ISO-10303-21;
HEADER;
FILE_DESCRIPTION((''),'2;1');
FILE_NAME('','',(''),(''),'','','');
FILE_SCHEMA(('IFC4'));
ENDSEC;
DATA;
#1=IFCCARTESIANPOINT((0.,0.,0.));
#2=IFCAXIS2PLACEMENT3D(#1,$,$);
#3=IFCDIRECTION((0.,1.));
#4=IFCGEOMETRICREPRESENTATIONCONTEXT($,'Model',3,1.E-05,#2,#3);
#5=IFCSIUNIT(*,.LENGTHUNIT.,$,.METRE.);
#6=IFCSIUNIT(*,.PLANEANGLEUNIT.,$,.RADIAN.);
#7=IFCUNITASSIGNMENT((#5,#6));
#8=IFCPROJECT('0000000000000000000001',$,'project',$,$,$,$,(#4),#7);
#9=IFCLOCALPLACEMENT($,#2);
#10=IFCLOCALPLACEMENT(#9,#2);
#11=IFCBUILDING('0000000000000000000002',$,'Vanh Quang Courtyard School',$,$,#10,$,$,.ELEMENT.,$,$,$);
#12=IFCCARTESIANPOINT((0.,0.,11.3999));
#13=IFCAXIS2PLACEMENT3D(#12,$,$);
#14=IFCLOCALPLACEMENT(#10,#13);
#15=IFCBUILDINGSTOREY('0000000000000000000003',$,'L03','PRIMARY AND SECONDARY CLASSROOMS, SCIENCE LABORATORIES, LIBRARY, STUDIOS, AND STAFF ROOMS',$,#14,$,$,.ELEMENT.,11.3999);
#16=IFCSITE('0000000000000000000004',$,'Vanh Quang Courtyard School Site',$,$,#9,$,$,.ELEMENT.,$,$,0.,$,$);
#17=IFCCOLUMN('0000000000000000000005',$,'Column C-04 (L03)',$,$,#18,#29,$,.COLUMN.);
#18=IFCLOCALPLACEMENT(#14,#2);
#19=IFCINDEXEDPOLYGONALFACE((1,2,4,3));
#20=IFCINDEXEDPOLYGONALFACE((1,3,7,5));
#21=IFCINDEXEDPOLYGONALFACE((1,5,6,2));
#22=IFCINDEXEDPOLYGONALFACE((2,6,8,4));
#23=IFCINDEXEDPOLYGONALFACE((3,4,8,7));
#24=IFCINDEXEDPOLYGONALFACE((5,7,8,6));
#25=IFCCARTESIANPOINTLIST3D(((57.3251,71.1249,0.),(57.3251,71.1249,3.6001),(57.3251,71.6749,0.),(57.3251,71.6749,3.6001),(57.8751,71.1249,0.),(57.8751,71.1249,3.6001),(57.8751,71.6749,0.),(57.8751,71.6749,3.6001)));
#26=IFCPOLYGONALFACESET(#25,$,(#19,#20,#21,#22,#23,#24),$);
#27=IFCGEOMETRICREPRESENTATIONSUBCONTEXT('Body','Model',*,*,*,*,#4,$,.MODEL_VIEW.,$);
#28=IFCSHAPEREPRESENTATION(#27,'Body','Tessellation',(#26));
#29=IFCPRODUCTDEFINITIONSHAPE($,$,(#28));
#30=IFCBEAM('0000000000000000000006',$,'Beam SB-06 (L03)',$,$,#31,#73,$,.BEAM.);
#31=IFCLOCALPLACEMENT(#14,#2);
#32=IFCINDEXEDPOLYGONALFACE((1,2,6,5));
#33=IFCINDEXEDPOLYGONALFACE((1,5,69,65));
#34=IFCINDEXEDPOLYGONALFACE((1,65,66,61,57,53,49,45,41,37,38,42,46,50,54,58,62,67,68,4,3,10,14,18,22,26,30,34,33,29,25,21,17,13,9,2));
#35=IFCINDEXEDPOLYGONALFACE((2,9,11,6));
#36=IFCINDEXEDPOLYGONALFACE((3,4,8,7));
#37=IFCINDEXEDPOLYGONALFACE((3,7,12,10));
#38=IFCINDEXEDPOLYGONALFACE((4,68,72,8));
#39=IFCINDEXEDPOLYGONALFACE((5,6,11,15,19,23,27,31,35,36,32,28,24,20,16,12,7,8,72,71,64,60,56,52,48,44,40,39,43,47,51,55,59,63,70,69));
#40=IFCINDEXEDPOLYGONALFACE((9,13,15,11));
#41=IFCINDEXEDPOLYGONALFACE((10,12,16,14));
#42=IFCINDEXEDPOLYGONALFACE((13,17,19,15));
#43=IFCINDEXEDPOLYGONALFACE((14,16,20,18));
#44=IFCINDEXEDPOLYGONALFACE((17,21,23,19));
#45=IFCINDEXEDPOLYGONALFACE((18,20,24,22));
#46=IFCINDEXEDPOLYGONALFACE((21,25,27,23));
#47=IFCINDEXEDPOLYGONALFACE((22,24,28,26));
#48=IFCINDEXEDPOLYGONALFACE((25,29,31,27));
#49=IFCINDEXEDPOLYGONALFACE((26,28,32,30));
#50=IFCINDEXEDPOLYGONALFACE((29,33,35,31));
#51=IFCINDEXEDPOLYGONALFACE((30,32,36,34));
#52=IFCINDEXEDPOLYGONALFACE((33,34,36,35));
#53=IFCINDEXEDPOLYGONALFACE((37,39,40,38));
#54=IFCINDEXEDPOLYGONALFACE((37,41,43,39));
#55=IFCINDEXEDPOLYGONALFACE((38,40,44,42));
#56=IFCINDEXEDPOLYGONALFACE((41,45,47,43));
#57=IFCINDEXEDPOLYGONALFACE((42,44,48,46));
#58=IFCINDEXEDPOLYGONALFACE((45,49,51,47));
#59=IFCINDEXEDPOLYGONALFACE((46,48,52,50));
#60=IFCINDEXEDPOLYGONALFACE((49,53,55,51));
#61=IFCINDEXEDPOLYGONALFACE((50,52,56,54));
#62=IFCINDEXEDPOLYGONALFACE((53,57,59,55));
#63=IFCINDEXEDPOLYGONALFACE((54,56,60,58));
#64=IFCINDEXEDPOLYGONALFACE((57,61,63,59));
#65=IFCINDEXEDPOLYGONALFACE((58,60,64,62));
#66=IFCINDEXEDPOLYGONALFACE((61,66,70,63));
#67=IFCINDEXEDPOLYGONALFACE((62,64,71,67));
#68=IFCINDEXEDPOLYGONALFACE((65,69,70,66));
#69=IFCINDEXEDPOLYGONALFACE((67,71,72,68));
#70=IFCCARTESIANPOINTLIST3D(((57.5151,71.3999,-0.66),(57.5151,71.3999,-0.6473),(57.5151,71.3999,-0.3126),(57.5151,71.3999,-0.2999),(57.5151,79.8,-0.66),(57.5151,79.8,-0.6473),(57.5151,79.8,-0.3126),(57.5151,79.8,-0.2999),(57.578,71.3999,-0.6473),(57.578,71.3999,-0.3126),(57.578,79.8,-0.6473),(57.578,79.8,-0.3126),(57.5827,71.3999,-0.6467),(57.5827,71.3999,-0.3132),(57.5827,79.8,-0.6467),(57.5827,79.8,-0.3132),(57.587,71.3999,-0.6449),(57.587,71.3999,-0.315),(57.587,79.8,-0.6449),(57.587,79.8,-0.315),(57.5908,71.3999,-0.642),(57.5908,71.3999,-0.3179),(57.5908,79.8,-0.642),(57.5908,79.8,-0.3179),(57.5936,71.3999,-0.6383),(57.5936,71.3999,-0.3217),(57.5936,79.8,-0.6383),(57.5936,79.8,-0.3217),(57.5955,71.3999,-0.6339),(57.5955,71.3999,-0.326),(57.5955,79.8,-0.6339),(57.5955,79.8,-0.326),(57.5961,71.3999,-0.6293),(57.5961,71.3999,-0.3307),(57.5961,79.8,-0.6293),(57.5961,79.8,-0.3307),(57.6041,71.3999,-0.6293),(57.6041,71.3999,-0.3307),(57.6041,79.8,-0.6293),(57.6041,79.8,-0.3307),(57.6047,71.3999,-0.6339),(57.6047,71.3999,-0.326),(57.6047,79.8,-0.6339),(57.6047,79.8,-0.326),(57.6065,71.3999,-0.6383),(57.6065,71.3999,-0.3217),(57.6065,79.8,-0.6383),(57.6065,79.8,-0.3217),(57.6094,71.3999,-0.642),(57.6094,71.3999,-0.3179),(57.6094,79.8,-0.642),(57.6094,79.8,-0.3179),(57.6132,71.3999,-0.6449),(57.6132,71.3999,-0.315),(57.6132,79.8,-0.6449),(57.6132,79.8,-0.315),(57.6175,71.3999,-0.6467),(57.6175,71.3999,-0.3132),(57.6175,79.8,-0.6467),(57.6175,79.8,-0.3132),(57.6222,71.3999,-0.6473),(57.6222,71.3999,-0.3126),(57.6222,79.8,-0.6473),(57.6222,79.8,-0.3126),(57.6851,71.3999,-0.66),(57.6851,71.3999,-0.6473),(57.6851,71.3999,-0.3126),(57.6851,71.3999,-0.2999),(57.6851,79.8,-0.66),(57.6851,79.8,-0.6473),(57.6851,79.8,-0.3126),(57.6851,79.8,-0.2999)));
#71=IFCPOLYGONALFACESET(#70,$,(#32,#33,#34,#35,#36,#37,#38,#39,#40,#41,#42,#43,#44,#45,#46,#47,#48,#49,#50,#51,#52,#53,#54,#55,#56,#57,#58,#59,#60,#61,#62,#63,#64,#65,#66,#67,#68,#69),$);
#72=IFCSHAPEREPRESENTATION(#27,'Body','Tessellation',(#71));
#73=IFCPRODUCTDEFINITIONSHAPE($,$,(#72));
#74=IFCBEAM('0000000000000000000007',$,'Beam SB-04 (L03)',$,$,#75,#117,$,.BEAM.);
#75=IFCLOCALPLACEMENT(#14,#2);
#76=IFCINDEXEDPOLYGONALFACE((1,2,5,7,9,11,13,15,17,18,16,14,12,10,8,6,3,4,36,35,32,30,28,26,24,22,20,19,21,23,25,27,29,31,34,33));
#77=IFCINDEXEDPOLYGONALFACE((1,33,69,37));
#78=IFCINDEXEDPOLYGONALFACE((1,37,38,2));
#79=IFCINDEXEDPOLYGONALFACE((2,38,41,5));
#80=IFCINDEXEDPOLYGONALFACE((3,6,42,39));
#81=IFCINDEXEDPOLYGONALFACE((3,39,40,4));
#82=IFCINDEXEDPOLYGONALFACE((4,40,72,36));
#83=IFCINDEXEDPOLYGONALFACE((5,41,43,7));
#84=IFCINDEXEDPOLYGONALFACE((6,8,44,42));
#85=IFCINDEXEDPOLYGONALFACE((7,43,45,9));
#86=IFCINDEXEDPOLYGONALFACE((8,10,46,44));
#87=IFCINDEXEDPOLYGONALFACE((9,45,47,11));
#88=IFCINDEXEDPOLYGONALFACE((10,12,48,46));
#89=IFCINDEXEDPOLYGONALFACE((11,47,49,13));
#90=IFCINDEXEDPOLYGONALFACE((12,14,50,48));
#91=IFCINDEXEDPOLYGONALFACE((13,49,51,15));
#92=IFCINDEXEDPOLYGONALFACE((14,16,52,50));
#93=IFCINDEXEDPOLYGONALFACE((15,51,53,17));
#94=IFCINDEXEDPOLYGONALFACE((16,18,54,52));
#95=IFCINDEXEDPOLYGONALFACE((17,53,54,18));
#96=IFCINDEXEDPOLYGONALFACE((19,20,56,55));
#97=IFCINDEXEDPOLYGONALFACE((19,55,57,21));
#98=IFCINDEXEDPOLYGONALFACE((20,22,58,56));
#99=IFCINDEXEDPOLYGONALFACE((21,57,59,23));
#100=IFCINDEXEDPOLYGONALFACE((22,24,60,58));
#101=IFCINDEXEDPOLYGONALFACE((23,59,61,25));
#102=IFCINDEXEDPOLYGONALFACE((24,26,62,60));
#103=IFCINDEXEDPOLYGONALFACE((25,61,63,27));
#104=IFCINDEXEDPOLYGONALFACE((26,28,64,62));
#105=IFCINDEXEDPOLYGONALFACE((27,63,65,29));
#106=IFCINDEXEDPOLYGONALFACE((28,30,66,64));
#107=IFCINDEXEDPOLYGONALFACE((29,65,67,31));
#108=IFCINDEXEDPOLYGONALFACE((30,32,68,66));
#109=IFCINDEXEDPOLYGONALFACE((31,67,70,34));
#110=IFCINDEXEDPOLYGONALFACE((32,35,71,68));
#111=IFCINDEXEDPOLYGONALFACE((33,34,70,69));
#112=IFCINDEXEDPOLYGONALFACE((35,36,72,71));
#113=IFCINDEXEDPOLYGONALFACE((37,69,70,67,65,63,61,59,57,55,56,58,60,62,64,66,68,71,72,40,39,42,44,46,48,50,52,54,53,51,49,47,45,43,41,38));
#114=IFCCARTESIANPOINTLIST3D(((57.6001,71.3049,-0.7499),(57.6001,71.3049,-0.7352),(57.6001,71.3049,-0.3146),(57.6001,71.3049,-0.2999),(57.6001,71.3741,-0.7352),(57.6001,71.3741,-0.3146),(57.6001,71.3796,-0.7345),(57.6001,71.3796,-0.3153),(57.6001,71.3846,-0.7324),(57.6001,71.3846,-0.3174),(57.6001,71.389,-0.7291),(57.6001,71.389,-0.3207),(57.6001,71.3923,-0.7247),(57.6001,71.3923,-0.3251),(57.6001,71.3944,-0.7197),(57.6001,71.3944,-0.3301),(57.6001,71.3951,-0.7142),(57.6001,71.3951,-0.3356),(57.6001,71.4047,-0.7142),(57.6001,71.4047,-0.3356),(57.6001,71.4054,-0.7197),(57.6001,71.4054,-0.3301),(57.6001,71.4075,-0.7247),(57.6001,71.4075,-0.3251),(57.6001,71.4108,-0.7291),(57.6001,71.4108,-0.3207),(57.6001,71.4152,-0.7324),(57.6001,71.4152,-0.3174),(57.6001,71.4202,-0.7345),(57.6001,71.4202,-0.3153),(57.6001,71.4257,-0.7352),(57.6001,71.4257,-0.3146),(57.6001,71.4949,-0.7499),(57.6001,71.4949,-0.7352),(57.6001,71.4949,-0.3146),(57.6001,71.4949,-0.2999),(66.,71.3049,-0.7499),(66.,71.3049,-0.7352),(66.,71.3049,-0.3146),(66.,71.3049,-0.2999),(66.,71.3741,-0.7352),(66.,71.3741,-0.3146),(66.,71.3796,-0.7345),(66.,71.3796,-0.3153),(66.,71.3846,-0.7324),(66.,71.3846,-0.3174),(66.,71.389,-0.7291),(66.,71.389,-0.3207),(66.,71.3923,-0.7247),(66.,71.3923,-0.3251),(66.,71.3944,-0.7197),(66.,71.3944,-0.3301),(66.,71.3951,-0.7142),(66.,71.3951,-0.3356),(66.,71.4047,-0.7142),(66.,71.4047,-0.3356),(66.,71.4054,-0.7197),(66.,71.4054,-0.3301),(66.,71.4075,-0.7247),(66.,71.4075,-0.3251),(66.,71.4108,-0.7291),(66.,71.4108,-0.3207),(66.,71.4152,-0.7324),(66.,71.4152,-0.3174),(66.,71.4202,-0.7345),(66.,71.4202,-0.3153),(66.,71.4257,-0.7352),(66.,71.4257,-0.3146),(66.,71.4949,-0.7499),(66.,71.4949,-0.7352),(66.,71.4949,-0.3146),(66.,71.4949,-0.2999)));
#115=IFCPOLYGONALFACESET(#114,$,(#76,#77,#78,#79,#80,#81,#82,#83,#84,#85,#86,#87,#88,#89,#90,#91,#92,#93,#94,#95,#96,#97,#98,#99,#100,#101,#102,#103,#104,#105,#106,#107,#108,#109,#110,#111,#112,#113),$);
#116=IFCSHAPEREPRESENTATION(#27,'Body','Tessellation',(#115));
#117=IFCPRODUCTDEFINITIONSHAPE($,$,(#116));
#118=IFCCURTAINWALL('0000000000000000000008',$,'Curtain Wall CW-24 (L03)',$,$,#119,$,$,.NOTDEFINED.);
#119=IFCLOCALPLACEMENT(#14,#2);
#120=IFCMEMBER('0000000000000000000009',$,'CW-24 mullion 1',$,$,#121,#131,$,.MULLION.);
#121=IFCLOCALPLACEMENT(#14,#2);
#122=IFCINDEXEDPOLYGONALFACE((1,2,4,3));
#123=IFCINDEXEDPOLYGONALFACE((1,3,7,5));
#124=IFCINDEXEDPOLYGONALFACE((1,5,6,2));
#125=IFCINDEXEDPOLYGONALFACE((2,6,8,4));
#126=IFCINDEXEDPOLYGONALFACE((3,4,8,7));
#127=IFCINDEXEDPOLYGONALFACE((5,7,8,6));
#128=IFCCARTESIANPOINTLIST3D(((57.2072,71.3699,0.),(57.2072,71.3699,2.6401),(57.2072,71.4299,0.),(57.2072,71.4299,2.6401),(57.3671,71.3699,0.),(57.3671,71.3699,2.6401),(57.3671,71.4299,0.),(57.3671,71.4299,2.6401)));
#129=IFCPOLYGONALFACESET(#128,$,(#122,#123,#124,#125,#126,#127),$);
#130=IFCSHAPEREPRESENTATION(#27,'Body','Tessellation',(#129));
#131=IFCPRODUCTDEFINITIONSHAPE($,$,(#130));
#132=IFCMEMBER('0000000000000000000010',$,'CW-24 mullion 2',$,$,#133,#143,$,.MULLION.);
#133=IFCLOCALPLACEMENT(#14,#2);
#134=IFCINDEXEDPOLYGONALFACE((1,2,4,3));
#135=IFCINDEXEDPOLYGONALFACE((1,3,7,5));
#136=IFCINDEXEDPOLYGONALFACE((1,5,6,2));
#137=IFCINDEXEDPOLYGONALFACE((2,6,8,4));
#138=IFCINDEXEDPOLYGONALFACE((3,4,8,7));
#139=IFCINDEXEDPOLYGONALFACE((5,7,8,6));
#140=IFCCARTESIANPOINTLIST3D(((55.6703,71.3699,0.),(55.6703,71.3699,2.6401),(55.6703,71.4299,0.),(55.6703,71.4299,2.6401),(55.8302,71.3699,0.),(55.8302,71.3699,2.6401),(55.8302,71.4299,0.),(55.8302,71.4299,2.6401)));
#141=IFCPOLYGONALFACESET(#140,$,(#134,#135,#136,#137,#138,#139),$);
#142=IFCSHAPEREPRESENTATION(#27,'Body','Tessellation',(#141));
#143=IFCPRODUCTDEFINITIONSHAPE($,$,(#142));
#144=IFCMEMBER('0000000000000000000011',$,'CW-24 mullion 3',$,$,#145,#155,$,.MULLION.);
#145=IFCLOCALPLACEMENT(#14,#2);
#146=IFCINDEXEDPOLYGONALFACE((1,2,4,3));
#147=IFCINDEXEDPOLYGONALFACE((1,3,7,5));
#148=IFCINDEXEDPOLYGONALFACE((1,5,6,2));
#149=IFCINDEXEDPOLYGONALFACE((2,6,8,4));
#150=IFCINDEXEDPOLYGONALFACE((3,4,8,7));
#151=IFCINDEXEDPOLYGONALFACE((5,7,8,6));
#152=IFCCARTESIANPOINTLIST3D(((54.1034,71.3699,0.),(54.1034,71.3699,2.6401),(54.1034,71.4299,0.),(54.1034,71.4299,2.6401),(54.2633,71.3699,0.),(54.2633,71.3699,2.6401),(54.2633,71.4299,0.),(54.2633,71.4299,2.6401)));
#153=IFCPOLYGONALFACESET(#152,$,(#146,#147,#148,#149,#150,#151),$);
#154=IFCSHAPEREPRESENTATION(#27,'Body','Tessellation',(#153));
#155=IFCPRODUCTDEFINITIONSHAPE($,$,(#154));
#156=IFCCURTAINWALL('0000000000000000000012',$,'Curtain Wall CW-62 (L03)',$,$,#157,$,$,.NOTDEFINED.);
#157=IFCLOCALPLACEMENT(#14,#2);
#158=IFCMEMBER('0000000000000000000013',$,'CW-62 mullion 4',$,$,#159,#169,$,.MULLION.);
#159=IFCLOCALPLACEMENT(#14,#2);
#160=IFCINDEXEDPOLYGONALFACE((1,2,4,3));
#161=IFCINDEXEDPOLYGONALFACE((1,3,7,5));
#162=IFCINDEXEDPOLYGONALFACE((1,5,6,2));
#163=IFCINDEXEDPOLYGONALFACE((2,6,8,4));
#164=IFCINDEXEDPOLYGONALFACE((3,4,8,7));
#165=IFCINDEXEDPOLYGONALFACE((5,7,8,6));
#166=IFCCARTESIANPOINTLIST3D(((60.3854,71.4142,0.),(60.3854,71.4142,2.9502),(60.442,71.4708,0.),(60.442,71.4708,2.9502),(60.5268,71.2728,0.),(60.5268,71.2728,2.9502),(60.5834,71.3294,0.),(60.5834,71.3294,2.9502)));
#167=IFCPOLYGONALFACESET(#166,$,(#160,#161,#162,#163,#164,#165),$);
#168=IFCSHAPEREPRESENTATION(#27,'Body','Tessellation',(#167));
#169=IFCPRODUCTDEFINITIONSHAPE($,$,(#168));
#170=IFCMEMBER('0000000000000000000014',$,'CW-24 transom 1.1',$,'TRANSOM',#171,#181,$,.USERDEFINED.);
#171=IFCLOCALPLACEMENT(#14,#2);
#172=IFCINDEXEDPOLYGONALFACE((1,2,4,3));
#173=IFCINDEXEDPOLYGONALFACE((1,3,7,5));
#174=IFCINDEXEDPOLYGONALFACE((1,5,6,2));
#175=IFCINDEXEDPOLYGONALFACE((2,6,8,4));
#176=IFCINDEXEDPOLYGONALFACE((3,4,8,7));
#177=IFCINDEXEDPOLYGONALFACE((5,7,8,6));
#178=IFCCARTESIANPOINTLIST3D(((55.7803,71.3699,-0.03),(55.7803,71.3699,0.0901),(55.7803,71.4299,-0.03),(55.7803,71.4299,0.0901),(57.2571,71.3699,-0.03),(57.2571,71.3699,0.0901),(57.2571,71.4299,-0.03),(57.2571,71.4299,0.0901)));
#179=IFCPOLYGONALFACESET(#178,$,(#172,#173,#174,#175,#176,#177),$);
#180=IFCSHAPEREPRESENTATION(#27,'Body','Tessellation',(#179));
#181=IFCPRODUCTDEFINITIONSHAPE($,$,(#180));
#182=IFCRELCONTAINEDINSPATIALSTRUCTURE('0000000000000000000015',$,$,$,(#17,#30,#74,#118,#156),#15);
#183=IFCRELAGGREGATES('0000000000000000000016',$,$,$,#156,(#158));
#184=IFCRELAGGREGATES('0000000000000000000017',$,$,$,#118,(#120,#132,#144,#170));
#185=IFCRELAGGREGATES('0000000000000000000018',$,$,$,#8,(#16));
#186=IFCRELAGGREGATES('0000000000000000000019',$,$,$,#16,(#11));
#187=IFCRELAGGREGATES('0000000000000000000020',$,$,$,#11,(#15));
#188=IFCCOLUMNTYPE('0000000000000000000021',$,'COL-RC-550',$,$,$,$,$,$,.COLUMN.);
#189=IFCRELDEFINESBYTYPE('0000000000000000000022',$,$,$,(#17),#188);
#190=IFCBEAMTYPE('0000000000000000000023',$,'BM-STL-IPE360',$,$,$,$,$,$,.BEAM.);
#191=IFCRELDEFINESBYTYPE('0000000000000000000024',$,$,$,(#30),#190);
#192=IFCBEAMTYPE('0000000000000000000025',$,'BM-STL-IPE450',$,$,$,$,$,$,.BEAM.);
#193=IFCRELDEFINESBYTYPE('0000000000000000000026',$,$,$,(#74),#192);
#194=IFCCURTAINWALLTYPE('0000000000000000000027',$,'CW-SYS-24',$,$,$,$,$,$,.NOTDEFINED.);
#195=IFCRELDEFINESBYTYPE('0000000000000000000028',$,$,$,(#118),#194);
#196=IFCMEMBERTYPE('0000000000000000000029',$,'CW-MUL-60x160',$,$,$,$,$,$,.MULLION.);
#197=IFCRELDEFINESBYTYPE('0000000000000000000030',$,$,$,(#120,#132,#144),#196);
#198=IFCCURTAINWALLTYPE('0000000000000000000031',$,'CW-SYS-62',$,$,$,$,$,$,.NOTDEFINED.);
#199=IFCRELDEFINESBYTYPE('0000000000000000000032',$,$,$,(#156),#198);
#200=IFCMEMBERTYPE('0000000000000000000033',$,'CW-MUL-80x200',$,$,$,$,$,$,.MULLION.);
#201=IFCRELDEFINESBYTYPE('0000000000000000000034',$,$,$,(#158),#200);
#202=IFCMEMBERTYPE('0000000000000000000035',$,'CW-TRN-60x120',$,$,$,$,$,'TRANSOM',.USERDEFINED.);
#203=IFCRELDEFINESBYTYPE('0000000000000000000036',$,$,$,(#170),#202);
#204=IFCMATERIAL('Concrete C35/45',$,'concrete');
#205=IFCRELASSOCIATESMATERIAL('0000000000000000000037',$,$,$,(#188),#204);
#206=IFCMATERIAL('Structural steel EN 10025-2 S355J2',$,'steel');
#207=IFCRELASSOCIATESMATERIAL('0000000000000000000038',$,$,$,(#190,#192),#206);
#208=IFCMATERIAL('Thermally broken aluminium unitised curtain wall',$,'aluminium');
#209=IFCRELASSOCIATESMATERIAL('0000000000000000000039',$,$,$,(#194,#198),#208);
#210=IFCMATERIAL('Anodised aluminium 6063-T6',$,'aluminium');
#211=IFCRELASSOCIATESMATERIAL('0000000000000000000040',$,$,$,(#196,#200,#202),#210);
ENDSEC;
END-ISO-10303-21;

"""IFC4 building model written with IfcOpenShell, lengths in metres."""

from ifc_helpers import new_model, si_unit, direction, frame, origin, origin_2d, place, context, subcontext, project, spatial, rectangle, i_section, extrude, material, material_profile, profile_set, type_object, element, aggregate, save


model = new_model("IFC4")

# Units and contexts
model_context = context("Model", 3, precision=1e-05, world=origin(), true_north=direction((0.0, 1.0)))
body_context = subcontext(model_context, "Body", "Model", "MODEL_VIEW")
ifc_project = project(units=[si_unit("LENGTHUNIT", "METRE"), si_unit("PLANEANGLEUNIT", "RADIAN")], contexts=[model_context])

# Site, building, storey
site_placement = place(None, origin())
site = spatial("IfcSite", under=ifc_project, at=site_placement, Name="Vanh Quang Courtyard School Site", CompositionType="ELEMENT", RefElevation=0.0)
building_placement = place(site_placement, origin())
building = spatial("IfcBuilding", under=site, at=building_placement, Name="Vanh Quang Courtyard School", CompositionType="ELEMENT")
storey_placement = place(building_placement, frame((0.0, 0.0, 11.3999)))
storey = spatial("IfcBuildingStorey", under=building, at=storey_placement, Name="L03", Description="PRIMARY AND SECONDARY CLASSROOMS, SCIENCE LABORATORIES, LIBRARY, STUDIOS, AND STAFF ROOMS", CompositionType="ELEMENT", Elevation=11.3999)

# Column
ifc_material_1 = material(Name="Concrete C35/45", Category="concrete")
ifc_material_profile_1 = material_profile(ifc_material_1, rectangle(XDim=0.55, YDim=0.55, at=origin_2d()), Name="RC-COL 550x550")
ifc_profile_set_1 = profile_set([ifc_material_profile_1], Name="Concrete C35/45")
column_type = type_object("IfcColumnType", Name="COL-RC-550", PredefinedType="COLUMN", material=ifc_profile_set_1)
column_placement = place(storey_placement, frame((57.6001, 71.3999, 0.0), z_axis=(0.0, 0.0, 1.0), x_axis=(1.0, 0.0, 0.0)))
element("IfcColumn", 1, at=column_placement, inside=storey, type_object=column_type, Name="Column C-04 (L03)", PredefinedType="COLUMN", context=body_context, shape_type="SweptSolid", body=[
    extrude(rectangle(XDim=0.55, YDim=0.55, at=origin_2d()), origin(), (0.0, 0.0, 1.0), 3.6001),
])

# Beams
ifc_material_2 = material(Name="Structural steel EN 10025-2 S355J2", Category="steel")
ifc_material_profile_2 = material_profile(ifc_material_2, i_section(OverallWidth=0.1699, OverallDepth=0.3601, WebThickness=0.0081, FlangeThickness=0.0127, FilletRadius=0.0181, at=origin_2d()), Name="IPE 360")
ifc_profile_set_2 = profile_set([ifc_material_profile_2], Name="Structural steel EN 10025-2 S355J2")
beam_type_1 = type_object("IfcBeamType", Name="BM-STL-IPE360", PredefinedType="BEAM", material=ifc_profile_set_2)
beam_1_placement = place(storey_placement, frame((57.6001, 71.3999, -0.48), z_axis=(0.0, 1.0, 0.0), x_axis=(-1.0, 0.0, 0.0)))
element("IfcBeam", 2, at=beam_1_placement, inside=storey, type_object=beam_type_1, Name="Beam SB-06 (L03)", PredefinedType="BEAM", context=body_context, shape_type="SweptSolid", body=[
    extrude(i_section(OverallWidth=0.1699, OverallDepth=0.3601, WebThickness=0.0081, FlangeThickness=0.0127, FilletRadius=0.0181, at=origin_2d()), origin(), (0.0, 0.0, 1.0), 8.4001),
])
ifc_material_profile_3 = material_profile(ifc_material_2, i_section(OverallWidth=0.1899, OverallDepth=0.45, WebThickness=0.0095, FlangeThickness=0.0146, FilletRadius=0.021, at=origin_2d()), Name="IPE 450")
ifc_profile_set_3 = profile_set([ifc_material_profile_3], Name="Structural steel EN 10025-2 S355J2")
beam_type_2 = type_object("IfcBeamType", Name="BM-STL-IPE450", PredefinedType="BEAM", material=ifc_profile_set_3)
beam_2_placement = place(storey_placement, frame((57.6001, 71.3999, -0.5249), z_axis=(1.0, 0.0, 0.0), x_axis=(0.0, 1.0, 0.0)))
element("IfcBeam", 3, at=beam_2_placement, inside=storey, type_object=beam_type_2, Name="Beam SB-04 (L03)", PredefinedType="BEAM", context=body_context, shape_type="SweptSolid", body=[
    extrude(i_section(OverallWidth=0.1899, OverallDepth=0.45, WebThickness=0.0095, FlangeThickness=0.0146, FilletRadius=0.021, at=origin_2d()), origin(), (0.0, 0.0, 1.0), 8.3999),
])

# Curtain wall, members
ifc_material_3 = material(Name="Thermally broken aluminium unitised curtain wall", Category="aluminium")
curtain_wall_type_1 = type_object("IfcCurtainWallType", Name="CW-SYS-24", PredefinedType="NOTDEFINED", material=ifc_material_3)
curtain_wall_1_placement = place(storey_placement, origin())
curtain_wall_1 = element("IfcCurtainWall", 4, at=curtain_wall_1_placement, inside=storey, type_object=curtain_wall_type_1, Name="Curtain Wall CW-24 (L03)", PredefinedType="NOTDEFINED")
ifc_material_4 = material(Name="Anodised aluminium 6063-T6", Category="aluminium")
ifc_material_profile_4 = material_profile(ifc_material_4, rectangle(XDim=0.0601, YDim=0.1599, at=origin_2d()), Name="ALU-MUL 60x160")
ifc_profile_set_4 = profile_set([ifc_material_profile_4], Name="Anodised aluminium 6063-T6")
member_type_1 = type_object("IfcMemberType", Name="CW-MUL-60x160", PredefinedType="MULLION", material=ifc_profile_set_4)
member_1_placement = place(storey_placement, frame((57.2871, 71.3999, 0.0), z_axis=(0.0, 0.0, 1.0), x_axis=(0.0, -1.0, 0.0)))
member_1 = element("IfcMember", 5, at=member_1_placement, type_object=member_type_1, Name="CW-24 mullion 1", PredefinedType="MULLION", context=body_context, shape_type="SweptSolid", body=[
    extrude(rectangle(XDim=0.0601, YDim=0.1599, at=origin_2d()), origin(), (0.0, 0.0, 1.0), 2.6401),
])
member_2_placement = place(storey_placement, frame((55.7502, 71.3999, 0.0), z_axis=(0.0, 0.0, 1.0), x_axis=(0.0, -1.0, 0.0)))
member_2 = element("IfcMember", 6, at=member_2_placement, type_object=member_type_1, Name="CW-24 mullion 2", PredefinedType="MULLION", context=body_context, shape_type="SweptSolid", body=[
    extrude(rectangle(XDim=0.0601, YDim=0.1599, at=origin_2d()), origin(), (0.0, 0.0, 1.0), 2.6401),
])
member_3_placement = place(storey_placement, frame((54.1833, 71.3999, 0.0), z_axis=(0.0, 0.0, 1.0), x_axis=(0.0, -1.0, 0.0)))
member_3 = element("IfcMember", 7, at=member_3_placement, type_object=member_type_1, Name="CW-24 mullion 3", PredefinedType="MULLION", context=body_context, shape_type="SweptSolid", body=[
    extrude(rectangle(XDim=0.0601, YDim=0.1599, at=origin_2d()), origin(), (0.0, 0.0, 1.0), 2.6401),
])

# Curtain wall, member
curtain_wall_type_2 = type_object("IfcCurtainWallType", Name="CW-SYS-62", PredefinedType="NOTDEFINED", material=ifc_material_3)
curtain_wall_2_placement = place(storey_placement, origin())
curtain_wall_2 = element("IfcCurtainWall", 8, at=curtain_wall_2_placement, inside=storey, type_object=curtain_wall_type_2, Name="Curtain Wall CW-62 (L03)", PredefinedType="NOTDEFINED")
ifc_material_profile_5 = material_profile(ifc_material_4, rectangle(XDim=0.0801, YDim=0.2, at=origin_2d()), Name="ALU-MUL 80x200")
ifc_profile_set_5 = profile_set([ifc_material_profile_5], Name="Anodised aluminium 6063-T6")
member_type_2 = type_object("IfcMemberType", Name="CW-MUL-80x200", PredefinedType="MULLION", material=ifc_profile_set_5)
member_4_placement = place(storey_placement, frame((60.4844, 71.3718, 0.0), z_axis=(0.0, 0.0, 1.0), x_axis=(-0.707107, -0.707107, 0.0)))
member_4 = element("IfcMember", 9, at=member_4_placement, type_object=member_type_2, Name="CW-62 mullion 4", PredefinedType="MULLION", context=body_context, shape_type="SweptSolid", body=[
    extrude(rectangle(XDim=0.0801, YDim=0.2, at=origin_2d()), origin(), (0.0, 0.0, 1.0), 2.9502),
])

# Member
ifc_material_profile_6 = material_profile(ifc_material_4, rectangle(XDim=0.0601, YDim=0.1201, at=origin_2d()), Name="ALU-TRN 60x120")
ifc_profile_set_6 = profile_set([ifc_material_profile_6], Name="Anodised aluminium 6063-T6")
member_type_3 = type_object("IfcMemberType", Name="CW-TRN-60x120", ElementType="TRANSOM", PredefinedType="USERDEFINED", material=ifc_profile_set_6)
member_5_placement = place(storey_placement, frame((57.2571, 71.3999, 0.03), z_axis=(-1.0, 0.0, 0.0), x_axis=(0.0, -1.0, 0.0)))
member_5 = element("IfcMember", 10, at=member_5_placement, type_object=member_type_3, Name="CW-24 transom 1.1", ObjectType="TRANSOM", PredefinedType="USERDEFINED", context=body_context, shape_type="SweptSolid", body=[
    extrude(rectangle(XDim=0.0601, YDim=0.1201, at=origin_2d()), origin(), (0.0, 0.0, 1.0), 1.4768),
])

aggregate(curtain_wall_2, [member_4])
aggregate(curtain_wall_1, [member_1, member_2, member_3, member_5])

save(model, "model.ifc")
